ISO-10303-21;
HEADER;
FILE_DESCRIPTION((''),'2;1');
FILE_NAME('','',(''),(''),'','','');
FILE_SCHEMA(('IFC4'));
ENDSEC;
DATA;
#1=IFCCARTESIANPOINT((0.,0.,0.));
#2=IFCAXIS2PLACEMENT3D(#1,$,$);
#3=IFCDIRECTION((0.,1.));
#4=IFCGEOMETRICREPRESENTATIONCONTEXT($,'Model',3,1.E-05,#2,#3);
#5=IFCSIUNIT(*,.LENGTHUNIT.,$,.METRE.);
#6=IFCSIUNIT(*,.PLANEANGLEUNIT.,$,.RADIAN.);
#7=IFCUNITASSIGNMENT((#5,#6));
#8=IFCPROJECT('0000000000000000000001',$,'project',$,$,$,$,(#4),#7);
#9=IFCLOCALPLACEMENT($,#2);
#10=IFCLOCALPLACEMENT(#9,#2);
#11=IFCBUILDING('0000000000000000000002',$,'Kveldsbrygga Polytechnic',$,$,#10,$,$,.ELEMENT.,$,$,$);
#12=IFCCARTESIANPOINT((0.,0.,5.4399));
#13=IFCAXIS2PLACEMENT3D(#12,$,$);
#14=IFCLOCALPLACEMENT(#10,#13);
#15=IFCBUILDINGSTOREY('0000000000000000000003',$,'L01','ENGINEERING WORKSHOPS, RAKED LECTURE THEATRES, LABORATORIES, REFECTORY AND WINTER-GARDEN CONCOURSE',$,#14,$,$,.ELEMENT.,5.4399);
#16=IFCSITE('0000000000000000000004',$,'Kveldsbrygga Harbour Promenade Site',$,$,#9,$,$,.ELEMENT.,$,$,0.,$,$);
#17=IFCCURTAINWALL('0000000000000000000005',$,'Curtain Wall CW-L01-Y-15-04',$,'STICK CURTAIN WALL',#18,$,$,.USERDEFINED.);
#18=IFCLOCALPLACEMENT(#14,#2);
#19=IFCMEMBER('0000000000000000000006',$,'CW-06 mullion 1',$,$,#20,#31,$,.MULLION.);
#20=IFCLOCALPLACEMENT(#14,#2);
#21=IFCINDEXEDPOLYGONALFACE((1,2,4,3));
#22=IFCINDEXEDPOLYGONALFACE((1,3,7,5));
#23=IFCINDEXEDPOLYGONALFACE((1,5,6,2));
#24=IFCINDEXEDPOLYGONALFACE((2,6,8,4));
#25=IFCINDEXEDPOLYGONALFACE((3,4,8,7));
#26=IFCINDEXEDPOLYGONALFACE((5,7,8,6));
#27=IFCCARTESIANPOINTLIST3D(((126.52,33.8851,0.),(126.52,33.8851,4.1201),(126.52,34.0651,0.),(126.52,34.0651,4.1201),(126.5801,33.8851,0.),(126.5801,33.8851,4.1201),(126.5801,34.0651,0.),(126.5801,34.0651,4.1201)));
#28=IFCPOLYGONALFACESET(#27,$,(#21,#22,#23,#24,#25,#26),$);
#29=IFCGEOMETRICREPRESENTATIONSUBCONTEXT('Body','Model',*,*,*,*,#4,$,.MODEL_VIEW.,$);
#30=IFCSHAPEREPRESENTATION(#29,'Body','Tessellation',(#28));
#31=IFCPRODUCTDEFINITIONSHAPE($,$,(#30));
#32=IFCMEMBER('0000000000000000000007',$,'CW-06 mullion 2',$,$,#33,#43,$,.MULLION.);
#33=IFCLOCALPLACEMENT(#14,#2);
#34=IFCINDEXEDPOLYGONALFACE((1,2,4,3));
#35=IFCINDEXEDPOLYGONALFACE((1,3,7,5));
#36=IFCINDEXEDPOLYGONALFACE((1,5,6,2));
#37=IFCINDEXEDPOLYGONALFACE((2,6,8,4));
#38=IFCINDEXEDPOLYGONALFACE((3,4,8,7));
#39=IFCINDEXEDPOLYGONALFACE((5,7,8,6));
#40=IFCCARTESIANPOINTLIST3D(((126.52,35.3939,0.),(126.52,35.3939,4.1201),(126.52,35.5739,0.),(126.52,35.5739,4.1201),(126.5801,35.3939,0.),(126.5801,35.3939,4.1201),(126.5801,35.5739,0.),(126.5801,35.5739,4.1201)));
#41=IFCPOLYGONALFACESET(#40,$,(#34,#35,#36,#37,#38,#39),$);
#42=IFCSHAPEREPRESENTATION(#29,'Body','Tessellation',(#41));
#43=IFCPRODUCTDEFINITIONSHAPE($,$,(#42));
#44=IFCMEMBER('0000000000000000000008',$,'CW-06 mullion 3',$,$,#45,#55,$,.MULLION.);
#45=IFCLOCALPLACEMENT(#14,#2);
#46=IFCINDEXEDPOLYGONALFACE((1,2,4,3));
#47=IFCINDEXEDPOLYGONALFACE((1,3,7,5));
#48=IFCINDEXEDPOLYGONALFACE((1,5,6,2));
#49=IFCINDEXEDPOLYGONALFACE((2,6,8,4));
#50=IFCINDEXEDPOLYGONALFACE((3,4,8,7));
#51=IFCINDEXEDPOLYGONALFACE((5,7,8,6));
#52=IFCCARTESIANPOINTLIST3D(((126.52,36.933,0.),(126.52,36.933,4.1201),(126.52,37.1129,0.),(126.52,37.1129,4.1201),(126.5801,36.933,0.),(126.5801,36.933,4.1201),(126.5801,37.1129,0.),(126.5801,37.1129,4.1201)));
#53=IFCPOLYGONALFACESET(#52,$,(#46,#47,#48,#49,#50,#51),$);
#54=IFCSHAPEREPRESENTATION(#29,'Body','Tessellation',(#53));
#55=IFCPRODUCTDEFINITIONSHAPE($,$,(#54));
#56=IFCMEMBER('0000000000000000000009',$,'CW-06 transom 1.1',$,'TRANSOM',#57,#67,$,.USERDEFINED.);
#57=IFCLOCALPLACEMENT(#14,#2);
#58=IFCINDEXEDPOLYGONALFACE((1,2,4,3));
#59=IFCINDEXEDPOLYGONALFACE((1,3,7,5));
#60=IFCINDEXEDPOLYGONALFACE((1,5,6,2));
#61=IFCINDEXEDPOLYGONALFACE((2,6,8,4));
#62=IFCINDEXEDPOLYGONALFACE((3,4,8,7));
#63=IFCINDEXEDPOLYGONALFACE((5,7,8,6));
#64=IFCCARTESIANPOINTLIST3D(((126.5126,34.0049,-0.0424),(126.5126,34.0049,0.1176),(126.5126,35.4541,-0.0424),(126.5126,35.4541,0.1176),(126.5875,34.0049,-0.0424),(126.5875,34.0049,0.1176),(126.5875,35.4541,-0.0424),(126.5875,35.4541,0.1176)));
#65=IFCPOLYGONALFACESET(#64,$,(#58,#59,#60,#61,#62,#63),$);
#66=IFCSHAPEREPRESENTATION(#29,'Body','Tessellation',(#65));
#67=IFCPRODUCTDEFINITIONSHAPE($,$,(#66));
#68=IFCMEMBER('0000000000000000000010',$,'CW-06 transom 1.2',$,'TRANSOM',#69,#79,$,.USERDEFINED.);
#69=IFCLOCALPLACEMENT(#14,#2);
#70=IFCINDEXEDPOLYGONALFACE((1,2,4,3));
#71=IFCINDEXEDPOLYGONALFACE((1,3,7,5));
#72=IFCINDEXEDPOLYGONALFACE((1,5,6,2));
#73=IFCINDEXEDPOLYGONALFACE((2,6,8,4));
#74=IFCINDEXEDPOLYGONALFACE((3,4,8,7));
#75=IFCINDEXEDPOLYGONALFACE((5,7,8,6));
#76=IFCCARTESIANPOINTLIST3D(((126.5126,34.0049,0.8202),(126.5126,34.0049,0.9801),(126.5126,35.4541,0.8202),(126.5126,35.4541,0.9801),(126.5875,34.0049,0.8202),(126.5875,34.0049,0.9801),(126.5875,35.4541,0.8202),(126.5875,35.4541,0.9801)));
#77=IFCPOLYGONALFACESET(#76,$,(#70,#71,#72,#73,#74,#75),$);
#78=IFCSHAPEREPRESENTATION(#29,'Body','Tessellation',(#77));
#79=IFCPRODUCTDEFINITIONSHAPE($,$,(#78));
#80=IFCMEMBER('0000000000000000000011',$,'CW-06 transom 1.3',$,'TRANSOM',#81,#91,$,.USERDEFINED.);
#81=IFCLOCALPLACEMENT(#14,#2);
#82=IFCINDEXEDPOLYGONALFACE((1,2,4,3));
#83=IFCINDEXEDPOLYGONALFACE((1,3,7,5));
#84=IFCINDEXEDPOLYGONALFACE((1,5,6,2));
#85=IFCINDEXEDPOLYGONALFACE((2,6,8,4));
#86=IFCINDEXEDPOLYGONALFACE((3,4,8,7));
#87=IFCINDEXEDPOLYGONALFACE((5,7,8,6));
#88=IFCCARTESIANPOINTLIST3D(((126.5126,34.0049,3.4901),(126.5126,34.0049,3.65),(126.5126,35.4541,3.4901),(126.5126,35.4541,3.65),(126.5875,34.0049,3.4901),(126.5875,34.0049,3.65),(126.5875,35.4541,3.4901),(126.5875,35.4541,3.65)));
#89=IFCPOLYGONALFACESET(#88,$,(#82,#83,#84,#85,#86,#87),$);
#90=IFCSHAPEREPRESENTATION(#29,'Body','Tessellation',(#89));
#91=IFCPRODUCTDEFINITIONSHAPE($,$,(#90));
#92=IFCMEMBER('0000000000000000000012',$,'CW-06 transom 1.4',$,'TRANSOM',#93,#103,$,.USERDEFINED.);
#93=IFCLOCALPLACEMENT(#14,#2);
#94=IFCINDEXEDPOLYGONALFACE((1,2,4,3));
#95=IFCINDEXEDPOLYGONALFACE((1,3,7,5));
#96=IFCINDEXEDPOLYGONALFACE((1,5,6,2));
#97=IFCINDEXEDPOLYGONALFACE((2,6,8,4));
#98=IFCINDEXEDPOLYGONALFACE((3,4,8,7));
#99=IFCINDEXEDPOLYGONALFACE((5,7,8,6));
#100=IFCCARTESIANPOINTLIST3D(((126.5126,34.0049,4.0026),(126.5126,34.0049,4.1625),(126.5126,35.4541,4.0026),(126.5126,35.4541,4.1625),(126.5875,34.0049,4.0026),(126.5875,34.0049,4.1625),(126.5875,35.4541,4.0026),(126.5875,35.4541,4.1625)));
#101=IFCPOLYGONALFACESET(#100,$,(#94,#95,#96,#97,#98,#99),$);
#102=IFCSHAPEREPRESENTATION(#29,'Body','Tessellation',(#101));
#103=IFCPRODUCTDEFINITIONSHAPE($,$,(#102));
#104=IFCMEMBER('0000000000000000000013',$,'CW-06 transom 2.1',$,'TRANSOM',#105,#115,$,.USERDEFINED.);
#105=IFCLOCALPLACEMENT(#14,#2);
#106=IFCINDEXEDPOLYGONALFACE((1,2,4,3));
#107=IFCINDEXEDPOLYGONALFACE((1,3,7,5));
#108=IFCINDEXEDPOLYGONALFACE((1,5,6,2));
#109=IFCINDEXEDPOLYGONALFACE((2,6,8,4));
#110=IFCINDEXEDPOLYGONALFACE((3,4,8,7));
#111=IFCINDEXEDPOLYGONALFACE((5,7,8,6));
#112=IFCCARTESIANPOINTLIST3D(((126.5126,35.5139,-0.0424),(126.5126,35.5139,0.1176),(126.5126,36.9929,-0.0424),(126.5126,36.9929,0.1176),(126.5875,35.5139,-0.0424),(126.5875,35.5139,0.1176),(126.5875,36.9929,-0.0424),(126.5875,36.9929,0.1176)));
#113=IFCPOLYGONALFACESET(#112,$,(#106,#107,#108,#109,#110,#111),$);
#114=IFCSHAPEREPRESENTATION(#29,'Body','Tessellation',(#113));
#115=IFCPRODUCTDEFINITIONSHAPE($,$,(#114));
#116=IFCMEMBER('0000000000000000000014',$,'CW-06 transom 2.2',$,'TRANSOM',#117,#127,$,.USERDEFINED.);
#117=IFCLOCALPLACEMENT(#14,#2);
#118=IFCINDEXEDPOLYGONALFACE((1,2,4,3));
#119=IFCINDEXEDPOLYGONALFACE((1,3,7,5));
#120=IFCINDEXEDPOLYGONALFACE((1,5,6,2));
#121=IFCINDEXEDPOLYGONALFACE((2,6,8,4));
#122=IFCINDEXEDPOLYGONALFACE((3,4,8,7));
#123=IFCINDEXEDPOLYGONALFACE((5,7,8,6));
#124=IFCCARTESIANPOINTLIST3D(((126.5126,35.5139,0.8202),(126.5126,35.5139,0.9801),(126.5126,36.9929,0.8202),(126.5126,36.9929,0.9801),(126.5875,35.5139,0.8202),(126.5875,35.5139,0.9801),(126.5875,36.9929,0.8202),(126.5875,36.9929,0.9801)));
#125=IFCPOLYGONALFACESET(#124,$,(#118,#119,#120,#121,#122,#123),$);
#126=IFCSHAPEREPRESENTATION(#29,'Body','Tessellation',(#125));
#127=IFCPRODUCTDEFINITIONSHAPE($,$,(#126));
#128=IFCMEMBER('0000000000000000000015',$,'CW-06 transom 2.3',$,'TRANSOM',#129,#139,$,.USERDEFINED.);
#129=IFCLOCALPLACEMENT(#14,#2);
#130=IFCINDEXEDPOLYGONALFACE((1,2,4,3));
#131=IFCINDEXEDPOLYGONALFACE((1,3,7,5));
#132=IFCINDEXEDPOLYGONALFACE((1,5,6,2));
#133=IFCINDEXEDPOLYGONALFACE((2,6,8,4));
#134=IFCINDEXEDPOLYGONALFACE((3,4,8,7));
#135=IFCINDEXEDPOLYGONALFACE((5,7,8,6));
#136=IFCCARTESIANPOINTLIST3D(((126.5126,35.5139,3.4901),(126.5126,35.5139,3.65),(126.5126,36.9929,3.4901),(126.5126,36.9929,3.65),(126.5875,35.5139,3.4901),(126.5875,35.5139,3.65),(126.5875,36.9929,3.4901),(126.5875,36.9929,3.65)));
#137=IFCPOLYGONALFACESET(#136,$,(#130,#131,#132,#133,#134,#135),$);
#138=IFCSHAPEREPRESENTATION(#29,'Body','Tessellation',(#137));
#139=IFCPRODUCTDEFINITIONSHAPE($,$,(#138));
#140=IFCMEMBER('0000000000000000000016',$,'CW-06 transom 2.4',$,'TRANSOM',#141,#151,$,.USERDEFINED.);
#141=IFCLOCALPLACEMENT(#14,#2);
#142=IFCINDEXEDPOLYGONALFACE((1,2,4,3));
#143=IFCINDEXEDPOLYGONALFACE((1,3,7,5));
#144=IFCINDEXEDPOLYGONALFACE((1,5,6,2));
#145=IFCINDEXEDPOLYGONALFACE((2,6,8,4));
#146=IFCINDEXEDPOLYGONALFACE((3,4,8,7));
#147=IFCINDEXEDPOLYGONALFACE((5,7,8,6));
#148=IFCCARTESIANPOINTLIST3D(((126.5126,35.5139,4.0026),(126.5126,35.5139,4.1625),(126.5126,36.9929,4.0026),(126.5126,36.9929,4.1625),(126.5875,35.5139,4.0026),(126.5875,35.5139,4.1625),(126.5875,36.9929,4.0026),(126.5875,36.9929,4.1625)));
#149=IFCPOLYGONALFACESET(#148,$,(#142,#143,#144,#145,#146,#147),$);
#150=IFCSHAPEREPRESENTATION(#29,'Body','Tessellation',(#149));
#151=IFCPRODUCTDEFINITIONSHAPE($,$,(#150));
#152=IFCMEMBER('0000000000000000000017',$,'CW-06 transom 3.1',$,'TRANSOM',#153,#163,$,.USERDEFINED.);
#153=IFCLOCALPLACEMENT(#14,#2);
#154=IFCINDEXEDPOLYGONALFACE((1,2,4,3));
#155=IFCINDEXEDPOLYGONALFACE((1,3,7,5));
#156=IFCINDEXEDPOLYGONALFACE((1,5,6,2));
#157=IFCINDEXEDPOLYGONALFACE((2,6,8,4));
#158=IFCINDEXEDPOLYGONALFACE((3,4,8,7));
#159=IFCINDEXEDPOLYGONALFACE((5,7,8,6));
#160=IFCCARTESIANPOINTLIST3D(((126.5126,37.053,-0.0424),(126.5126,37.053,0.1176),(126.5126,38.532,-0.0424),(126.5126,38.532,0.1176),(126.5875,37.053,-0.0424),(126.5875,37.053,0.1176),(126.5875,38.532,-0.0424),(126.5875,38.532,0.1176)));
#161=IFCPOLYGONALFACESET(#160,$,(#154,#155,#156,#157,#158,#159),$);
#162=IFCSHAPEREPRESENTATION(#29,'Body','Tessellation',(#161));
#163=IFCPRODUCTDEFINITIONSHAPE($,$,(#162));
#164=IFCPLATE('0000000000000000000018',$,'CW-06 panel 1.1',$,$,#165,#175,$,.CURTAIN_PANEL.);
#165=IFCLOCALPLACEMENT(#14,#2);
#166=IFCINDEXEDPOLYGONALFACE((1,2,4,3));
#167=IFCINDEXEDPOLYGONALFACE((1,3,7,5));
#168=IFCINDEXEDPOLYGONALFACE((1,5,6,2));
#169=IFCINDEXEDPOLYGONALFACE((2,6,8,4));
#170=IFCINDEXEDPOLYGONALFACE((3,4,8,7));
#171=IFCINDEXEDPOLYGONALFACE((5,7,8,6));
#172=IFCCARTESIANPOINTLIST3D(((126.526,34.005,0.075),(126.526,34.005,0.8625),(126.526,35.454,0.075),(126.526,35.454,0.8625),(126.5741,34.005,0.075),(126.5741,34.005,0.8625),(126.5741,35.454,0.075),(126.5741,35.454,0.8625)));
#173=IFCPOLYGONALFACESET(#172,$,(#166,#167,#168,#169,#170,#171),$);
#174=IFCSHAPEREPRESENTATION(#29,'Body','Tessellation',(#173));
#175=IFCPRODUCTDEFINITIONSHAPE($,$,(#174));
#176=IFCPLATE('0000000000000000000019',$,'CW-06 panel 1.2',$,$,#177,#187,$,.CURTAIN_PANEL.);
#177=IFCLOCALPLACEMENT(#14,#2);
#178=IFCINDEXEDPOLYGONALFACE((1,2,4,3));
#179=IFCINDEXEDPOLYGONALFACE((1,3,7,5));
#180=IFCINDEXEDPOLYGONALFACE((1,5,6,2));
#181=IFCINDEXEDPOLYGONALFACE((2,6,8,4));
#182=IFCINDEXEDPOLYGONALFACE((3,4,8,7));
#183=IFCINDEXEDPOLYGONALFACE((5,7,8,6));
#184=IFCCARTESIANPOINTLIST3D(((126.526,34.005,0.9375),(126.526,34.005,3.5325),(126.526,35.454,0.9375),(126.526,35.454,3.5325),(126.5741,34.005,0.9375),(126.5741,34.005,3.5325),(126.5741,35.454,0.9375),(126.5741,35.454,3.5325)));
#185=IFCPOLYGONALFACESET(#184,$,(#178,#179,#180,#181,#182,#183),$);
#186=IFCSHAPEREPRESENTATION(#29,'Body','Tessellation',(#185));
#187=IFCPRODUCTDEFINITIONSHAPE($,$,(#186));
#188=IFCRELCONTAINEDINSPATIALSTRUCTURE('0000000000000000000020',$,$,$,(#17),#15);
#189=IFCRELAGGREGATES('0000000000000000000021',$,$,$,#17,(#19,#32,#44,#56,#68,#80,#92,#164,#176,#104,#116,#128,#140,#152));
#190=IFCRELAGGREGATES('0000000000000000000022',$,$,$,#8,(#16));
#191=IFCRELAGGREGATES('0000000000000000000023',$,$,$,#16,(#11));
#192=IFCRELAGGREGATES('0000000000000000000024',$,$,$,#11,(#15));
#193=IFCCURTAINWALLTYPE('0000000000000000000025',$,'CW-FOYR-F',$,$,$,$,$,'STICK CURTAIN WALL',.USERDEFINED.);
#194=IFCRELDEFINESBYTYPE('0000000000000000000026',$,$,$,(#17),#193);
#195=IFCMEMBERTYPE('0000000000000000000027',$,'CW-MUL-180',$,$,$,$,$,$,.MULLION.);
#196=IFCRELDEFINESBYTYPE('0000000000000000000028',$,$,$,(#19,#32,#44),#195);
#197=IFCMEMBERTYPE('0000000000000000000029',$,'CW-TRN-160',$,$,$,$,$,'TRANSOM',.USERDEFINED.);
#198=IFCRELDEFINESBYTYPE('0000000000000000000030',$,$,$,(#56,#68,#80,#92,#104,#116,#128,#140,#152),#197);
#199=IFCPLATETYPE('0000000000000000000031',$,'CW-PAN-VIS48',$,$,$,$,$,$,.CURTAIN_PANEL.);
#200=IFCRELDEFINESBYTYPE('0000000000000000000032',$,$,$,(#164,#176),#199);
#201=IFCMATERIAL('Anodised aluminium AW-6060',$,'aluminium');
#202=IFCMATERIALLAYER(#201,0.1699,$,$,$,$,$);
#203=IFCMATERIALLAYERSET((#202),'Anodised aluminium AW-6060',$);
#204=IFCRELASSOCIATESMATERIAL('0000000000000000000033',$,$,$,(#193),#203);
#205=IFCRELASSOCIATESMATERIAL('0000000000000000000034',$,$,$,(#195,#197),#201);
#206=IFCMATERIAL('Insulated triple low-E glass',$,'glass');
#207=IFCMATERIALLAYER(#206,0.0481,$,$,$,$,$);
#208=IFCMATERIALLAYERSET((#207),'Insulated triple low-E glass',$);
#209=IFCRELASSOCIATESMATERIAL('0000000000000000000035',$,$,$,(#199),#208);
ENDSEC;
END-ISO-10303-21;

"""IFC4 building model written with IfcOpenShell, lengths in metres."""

from ifc_helpers import new_model, si_unit, direction, frame, origin, origin_2d, place, context, subcontext, project, spatial, rectangle, extrude, material, layer, layer_set, material_profile, profile_set, type_object, element, aggregate, save


model = new_model("IFC4")

# Units and contexts
model_context = context("Model", 3, precision=1e-05, world=origin(), true_north=direction((0.0, 1.0)))
body_context = subcontext(model_context, "Body", "Model", "MODEL_VIEW")
ifc_project = project(units=[si_unit("LENGTHUNIT", "METRE"), si_unit("PLANEANGLEUNIT", "RADIAN")], contexts=[model_context])

# Site, building, storey
site_placement = place(None, origin())
site = spatial("IfcSite", under=ifc_project, at=site_placement, Name="Kveldsbrygga Harbour Promenade Site", CompositionType="ELEMENT", RefElevation=0.0)
building_placement = place(site_placement, origin())
building = spatial("IfcBuilding", under=site, at=building_placement, Name="Kveldsbrygga Polytechnic", CompositionType="ELEMENT")
storey_placement = place(building_placement, frame((0.0, 0.0, 5.4399)))
storey = spatial("IfcBuildingStorey", under=building, at=storey_placement, Name="L01", Description="ENGINEERING WORKSHOPS, RAKED LECTURE THEATRES, LABORATORIES, REFECTORY AND WINTER-GARDEN CONCOURSE", CompositionType="ELEMENT", Elevation=5.4399)

# Curtain wall, members, plates
ifc_material_1 = material(Name="Anodised aluminium AW-6060", Category="aluminium")
ifc_layer_1 = layer(ifc_material_1, 0.1699)
ifc_layer_set_1 = layer_set([ifc_layer_1], Name="Anodised aluminium AW-6060")
curtain_wall_type = type_object("IfcCurtainWallType", Name="CW-FOYR-F", ElementType="STICK CURTAIN WALL", PredefinedType="USERDEFINED", material=ifc_layer_set_1)
curtain_wall_placement = place(storey_placement, origin())
curtain_wall = element("IfcCurtainWall", 1, at=curtain_wall_placement, inside=storey, type_object=curtain_wall_type, Name="Curtain Wall CW-L01-Y-15-04", ObjectType="STICK CURTAIN WALL", PredefinedType="USERDEFINED")
ifc_material_profile_1 = material_profile(ifc_material_1, rectangle(XDim=0.0601, YDim=0.1799, at=origin_2d()), Name="ALU 60x180")
ifc_profile_set_1 = profile_set([ifc_material_profile_1], Name="Anodised aluminium AW-6060")
member_type_1 = type_object("IfcMemberType", Name="CW-MUL-180", PredefinedType="MULLION", material=ifc_profile_set_1)
member_1_placement = place(storey_placement, frame((126.55, 33.9751, 0.0), z_axis=(0.0, 0.0, 1.0), x_axis=(-1.0, 0.0, 0.0)))
member_1 = element("IfcMember", 2, at=member_1_placement, type_object=member_type_1, Name="CW-06 mullion 1", PredefinedType="MULLION", context=body_context, shape_type="SweptSolid", body=[
    extrude(rectangle(XDim=0.0601, YDim=0.1799, at=origin_2d()), origin(), (0.0, 0.0, 1.0), 4.1201),
])
member_2_placement = place(storey_placement, frame((126.55, 35.4839, 0.0), z_axis=(0.0, 0.0, 1.0), x_axis=(-1.0, 0.0, 0.0)))
member_2 = element("IfcMember", 3, at=member_2_placement, type_object=member_type_1, Name="CW-06 mullion 2", PredefinedType="MULLION", context=body_context, shape_type="SweptSolid", body=[
    extrude(rectangle(XDim=0.0601, YDim=0.1799, at=origin_2d()), origin(), (0.0, 0.0, 1.0), 4.1201),
])
member_3_placement = place(storey_placement, frame((126.55, 37.0229, 0.0), z_axis=(0.0, 0.0, 1.0), x_axis=(-1.0, 0.0, 0.0)))
member_3 = element("IfcMember", 4, at=member_3_placement, type_object=member_type_1, Name="CW-06 mullion 3", PredefinedType="MULLION", context=body_context, shape_type="SweptSolid", body=[
    extrude(rectangle(XDim=0.0601, YDim=0.1799, at=origin_2d()), origin(), (0.0, 0.0, 1.0), 4.1201),
])
ifc_material_profile_2 = material_profile(ifc_material_1, rectangle(XDim=0.075, YDim=0.1599, at=origin_2d()), Name="ALU 75x160")
ifc_profile_set_2 = profile_set([ifc_material_profile_2], Name="Anodised aluminium AW-6060")
member_type_2 = type_object("IfcMemberType", Name="CW-TRN-160", ElementType="TRANSOM", PredefinedType="USERDEFINED", material=ifc_profile_set_2)
member_4_placement = place(storey_placement, frame((126.55, 34.0049, 0.0376), z_axis=(0.0, 1.0, 0.0), x_axis=(-1.0, 0.0, 0.0)))
member_4 = element("IfcMember", 5, at=member_4_placement, type_object=member_type_2, Name="CW-06 transom 1.1", ObjectType="TRANSOM", PredefinedType="USERDEFINED", context=body_context, shape_type="SweptSolid", body=[
    extrude(rectangle(XDim=0.075, YDim=0.1599, at=origin_2d()), origin(), (0.0, 0.0, 1.0), 1.4492),
])
member_5_placement = place(storey_placement, frame((126.55, 34.0049, 0.9001), z_axis=(0.0, 1.0, 0.0), x_axis=(-1.0, 0.0, 0.0)))
member_5 = element("IfcMember", 6, at=member_5_placement, type_object=member_type_2, Name="CW-06 transom 1.2", ObjectType="TRANSOM", PredefinedType="USERDEFINED", context=body_context, shape_type="SweptSolid", body=[
    extrude(rectangle(XDim=0.075, YDim=0.1599, at=origin_2d()), origin(), (0.0, 0.0, 1.0), 1.4492),
])
member_6_placement = place(storey_placement, frame((126.55, 34.0049, 3.5701), z_axis=(0.0, 1.0, 0.0), x_axis=(-1.0, 0.0, 0.0)))
member_6 = element("IfcMember", 7, at=member_6_placement, type_object=member_type_2, Name="CW-06 transom 1.3", ObjectType="TRANSOM", PredefinedType="USERDEFINED", context=body_context, shape_type="SweptSolid", body=[
    extrude(rectangle(XDim=0.075, YDim=0.1599, at=origin_2d()), origin(), (0.0, 0.0, 1.0), 1.4492),
])
member_7_placement = place(storey_placement, frame((126.55, 34.0049, 4.0825), z_axis=(0.0, 1.0, 0.0), x_axis=(-1.0, 0.0, 0.0)))
member_7 = element("IfcMember", 8, at=member_7_placement, type_object=member_type_2, Name="CW-06 transom 1.4", ObjectType="TRANSOM", PredefinedType="USERDEFINED", context=body_context, shape_type="SweptSolid", body=[
    extrude(rectangle(XDim=0.075, YDim=0.1599, at=origin_2d()), origin(), (0.0, 0.0, 1.0), 1.4492),
])
member_8_placement = place(storey_placement, frame((126.55, 35.5139, 0.0376), z_axis=(0.0, 1.0, 0.0), x_axis=(-1.0, 0.0, 0.0)))
member_8 = element("IfcMember", 9, at=member_8_placement, type_object=member_type_2, Name="CW-06 transom 2.1", ObjectType="TRANSOM", PredefinedType="USERDEFINED", context=body_context, shape_type="SweptSolid", body=[
    extrude(rectangle(XDim=0.075, YDim=0.1599, at=origin_2d()), origin(), (0.0, 0.0, 1.0), 1.479),
])
member_9_placement = place(storey_placement, frame((126.55, 35.5139, 0.9001), z_axis=(0.0, 1.0, 0.0), x_axis=(-1.0, 0.0, 0.0)))
member_9 = element("IfcMember", 10, at=member_9_placement, type_object=member_type_2, Name="CW-06 transom 2.2", ObjectType="TRANSOM", PredefinedType="USERDEFINED", context=body_context, shape_type="SweptSolid", body=[
    extrude(rectangle(XDim=0.075, YDim=0.1599, at=origin_2d()), origin(), (0.0, 0.0, 1.0), 1.479),
])
member_10_placement = place(storey_placement, frame((126.55, 35.5139, 3.5701), z_axis=(0.0, 1.0, 0.0), x_axis=(-1.0, 0.0, 0.0)))
member_10 = element("IfcMember", 11, at=member_10_placement, type_object=member_type_2, Name="CW-06 transom 2.3", ObjectType="TRANSOM", PredefinedType="USERDEFINED", context=body_context, shape_type="SweptSolid", body=[
    extrude(rectangle(XDim=0.075, YDim=0.1599, at=origin_2d()), origin(), (0.0, 0.0, 1.0), 1.479),
])
member_11_placement = place(storey_placement, frame((126.55, 35.5139, 4.0825), z_axis=(0.0, 1.0, 0.0), x_axis=(-1.0, 0.0, 0.0)))
member_11 = element("IfcMember", 12, at=member_11_placement, type_object=member_type_2, Name="CW-06 transom 2.4", ObjectType="TRANSOM", PredefinedType="USERDEFINED", context=body_context, shape_type="SweptSolid", body=[
    extrude(rectangle(XDim=0.075, YDim=0.1599, at=origin_2d()), origin(), (0.0, 0.0, 1.0), 1.479),
])
member_12_placement = place(storey_placement, frame((126.55, 37.053, 0.0376), z_axis=(0.0, 1.0, 0.0), x_axis=(-1.0, 0.0, 0.0)))
member_12 = element("IfcMember", 13, at=member_12_placement, type_object=member_type_2, Name="CW-06 transom 3.1", ObjectType="TRANSOM", PredefinedType="USERDEFINED", context=body_context, shape_type="SweptSolid", body=[
    extrude(rectangle(XDim=0.075, YDim=0.1599, at=origin_2d()), origin(), (0.0, 0.0, 1.0), 1.479),
])
ifc_material_2 = material(Name="Insulated triple low-E glass", Category="glass")
ifc_layer_2 = layer(ifc_material_2, 0.0481)
ifc_layer_set_2 = layer_set([ifc_layer_2], Name="Insulated triple low-E glass")
plate_type = type_object("IfcPlateType", Name="CW-PAN-VIS48", PredefinedType="CURTAIN_PANEL", material=ifc_layer_set_2)
plate_1_placement = place(storey_placement, frame((126.55, 34.7295, 0.075), z_axis=(0.0, 0.0, 1.0), x_axis=(0.0, 1.0, 0.0)))
plate_1 = element("IfcPlate", 14, at=plate_1_placement, type_object=plate_type, Name="CW-06 panel 1.1", PredefinedType="CURTAIN_PANEL", context=body_context, shape_type="SweptSolid", body=[
    extrude(rectangle(XDim=1.449, YDim=0.0481, at=origin_2d()), origin(), (0.0, 0.0, 1.0), 0.7876),
])
plate_2_placement = place(storey_placement, frame((126.55, 34.7295, 0.9375), z_axis=(0.0, 0.0, 1.0), x_axis=(0.0, 1.0, 0.0)))
plate_2 = element("IfcPlate", 15, at=plate_2_placement, type_object=plate_type, Name="CW-06 panel 1.2", PredefinedType="CURTAIN_PANEL", context=body_context, shape_type="SweptSolid", body=[
    extrude(rectangle(XDim=1.449, YDim=0.0481, at=origin_2d()), origin(), (0.0, 0.0, 1.0), 2.595),
])
aggregate(curtain_wall, [member_1, member_2, member_3, member_4, member_5, member_6, member_7, plate_1, plate_2, member_8, member_9, member_10, member_11, member_12])

save(model, "model.ifc")
